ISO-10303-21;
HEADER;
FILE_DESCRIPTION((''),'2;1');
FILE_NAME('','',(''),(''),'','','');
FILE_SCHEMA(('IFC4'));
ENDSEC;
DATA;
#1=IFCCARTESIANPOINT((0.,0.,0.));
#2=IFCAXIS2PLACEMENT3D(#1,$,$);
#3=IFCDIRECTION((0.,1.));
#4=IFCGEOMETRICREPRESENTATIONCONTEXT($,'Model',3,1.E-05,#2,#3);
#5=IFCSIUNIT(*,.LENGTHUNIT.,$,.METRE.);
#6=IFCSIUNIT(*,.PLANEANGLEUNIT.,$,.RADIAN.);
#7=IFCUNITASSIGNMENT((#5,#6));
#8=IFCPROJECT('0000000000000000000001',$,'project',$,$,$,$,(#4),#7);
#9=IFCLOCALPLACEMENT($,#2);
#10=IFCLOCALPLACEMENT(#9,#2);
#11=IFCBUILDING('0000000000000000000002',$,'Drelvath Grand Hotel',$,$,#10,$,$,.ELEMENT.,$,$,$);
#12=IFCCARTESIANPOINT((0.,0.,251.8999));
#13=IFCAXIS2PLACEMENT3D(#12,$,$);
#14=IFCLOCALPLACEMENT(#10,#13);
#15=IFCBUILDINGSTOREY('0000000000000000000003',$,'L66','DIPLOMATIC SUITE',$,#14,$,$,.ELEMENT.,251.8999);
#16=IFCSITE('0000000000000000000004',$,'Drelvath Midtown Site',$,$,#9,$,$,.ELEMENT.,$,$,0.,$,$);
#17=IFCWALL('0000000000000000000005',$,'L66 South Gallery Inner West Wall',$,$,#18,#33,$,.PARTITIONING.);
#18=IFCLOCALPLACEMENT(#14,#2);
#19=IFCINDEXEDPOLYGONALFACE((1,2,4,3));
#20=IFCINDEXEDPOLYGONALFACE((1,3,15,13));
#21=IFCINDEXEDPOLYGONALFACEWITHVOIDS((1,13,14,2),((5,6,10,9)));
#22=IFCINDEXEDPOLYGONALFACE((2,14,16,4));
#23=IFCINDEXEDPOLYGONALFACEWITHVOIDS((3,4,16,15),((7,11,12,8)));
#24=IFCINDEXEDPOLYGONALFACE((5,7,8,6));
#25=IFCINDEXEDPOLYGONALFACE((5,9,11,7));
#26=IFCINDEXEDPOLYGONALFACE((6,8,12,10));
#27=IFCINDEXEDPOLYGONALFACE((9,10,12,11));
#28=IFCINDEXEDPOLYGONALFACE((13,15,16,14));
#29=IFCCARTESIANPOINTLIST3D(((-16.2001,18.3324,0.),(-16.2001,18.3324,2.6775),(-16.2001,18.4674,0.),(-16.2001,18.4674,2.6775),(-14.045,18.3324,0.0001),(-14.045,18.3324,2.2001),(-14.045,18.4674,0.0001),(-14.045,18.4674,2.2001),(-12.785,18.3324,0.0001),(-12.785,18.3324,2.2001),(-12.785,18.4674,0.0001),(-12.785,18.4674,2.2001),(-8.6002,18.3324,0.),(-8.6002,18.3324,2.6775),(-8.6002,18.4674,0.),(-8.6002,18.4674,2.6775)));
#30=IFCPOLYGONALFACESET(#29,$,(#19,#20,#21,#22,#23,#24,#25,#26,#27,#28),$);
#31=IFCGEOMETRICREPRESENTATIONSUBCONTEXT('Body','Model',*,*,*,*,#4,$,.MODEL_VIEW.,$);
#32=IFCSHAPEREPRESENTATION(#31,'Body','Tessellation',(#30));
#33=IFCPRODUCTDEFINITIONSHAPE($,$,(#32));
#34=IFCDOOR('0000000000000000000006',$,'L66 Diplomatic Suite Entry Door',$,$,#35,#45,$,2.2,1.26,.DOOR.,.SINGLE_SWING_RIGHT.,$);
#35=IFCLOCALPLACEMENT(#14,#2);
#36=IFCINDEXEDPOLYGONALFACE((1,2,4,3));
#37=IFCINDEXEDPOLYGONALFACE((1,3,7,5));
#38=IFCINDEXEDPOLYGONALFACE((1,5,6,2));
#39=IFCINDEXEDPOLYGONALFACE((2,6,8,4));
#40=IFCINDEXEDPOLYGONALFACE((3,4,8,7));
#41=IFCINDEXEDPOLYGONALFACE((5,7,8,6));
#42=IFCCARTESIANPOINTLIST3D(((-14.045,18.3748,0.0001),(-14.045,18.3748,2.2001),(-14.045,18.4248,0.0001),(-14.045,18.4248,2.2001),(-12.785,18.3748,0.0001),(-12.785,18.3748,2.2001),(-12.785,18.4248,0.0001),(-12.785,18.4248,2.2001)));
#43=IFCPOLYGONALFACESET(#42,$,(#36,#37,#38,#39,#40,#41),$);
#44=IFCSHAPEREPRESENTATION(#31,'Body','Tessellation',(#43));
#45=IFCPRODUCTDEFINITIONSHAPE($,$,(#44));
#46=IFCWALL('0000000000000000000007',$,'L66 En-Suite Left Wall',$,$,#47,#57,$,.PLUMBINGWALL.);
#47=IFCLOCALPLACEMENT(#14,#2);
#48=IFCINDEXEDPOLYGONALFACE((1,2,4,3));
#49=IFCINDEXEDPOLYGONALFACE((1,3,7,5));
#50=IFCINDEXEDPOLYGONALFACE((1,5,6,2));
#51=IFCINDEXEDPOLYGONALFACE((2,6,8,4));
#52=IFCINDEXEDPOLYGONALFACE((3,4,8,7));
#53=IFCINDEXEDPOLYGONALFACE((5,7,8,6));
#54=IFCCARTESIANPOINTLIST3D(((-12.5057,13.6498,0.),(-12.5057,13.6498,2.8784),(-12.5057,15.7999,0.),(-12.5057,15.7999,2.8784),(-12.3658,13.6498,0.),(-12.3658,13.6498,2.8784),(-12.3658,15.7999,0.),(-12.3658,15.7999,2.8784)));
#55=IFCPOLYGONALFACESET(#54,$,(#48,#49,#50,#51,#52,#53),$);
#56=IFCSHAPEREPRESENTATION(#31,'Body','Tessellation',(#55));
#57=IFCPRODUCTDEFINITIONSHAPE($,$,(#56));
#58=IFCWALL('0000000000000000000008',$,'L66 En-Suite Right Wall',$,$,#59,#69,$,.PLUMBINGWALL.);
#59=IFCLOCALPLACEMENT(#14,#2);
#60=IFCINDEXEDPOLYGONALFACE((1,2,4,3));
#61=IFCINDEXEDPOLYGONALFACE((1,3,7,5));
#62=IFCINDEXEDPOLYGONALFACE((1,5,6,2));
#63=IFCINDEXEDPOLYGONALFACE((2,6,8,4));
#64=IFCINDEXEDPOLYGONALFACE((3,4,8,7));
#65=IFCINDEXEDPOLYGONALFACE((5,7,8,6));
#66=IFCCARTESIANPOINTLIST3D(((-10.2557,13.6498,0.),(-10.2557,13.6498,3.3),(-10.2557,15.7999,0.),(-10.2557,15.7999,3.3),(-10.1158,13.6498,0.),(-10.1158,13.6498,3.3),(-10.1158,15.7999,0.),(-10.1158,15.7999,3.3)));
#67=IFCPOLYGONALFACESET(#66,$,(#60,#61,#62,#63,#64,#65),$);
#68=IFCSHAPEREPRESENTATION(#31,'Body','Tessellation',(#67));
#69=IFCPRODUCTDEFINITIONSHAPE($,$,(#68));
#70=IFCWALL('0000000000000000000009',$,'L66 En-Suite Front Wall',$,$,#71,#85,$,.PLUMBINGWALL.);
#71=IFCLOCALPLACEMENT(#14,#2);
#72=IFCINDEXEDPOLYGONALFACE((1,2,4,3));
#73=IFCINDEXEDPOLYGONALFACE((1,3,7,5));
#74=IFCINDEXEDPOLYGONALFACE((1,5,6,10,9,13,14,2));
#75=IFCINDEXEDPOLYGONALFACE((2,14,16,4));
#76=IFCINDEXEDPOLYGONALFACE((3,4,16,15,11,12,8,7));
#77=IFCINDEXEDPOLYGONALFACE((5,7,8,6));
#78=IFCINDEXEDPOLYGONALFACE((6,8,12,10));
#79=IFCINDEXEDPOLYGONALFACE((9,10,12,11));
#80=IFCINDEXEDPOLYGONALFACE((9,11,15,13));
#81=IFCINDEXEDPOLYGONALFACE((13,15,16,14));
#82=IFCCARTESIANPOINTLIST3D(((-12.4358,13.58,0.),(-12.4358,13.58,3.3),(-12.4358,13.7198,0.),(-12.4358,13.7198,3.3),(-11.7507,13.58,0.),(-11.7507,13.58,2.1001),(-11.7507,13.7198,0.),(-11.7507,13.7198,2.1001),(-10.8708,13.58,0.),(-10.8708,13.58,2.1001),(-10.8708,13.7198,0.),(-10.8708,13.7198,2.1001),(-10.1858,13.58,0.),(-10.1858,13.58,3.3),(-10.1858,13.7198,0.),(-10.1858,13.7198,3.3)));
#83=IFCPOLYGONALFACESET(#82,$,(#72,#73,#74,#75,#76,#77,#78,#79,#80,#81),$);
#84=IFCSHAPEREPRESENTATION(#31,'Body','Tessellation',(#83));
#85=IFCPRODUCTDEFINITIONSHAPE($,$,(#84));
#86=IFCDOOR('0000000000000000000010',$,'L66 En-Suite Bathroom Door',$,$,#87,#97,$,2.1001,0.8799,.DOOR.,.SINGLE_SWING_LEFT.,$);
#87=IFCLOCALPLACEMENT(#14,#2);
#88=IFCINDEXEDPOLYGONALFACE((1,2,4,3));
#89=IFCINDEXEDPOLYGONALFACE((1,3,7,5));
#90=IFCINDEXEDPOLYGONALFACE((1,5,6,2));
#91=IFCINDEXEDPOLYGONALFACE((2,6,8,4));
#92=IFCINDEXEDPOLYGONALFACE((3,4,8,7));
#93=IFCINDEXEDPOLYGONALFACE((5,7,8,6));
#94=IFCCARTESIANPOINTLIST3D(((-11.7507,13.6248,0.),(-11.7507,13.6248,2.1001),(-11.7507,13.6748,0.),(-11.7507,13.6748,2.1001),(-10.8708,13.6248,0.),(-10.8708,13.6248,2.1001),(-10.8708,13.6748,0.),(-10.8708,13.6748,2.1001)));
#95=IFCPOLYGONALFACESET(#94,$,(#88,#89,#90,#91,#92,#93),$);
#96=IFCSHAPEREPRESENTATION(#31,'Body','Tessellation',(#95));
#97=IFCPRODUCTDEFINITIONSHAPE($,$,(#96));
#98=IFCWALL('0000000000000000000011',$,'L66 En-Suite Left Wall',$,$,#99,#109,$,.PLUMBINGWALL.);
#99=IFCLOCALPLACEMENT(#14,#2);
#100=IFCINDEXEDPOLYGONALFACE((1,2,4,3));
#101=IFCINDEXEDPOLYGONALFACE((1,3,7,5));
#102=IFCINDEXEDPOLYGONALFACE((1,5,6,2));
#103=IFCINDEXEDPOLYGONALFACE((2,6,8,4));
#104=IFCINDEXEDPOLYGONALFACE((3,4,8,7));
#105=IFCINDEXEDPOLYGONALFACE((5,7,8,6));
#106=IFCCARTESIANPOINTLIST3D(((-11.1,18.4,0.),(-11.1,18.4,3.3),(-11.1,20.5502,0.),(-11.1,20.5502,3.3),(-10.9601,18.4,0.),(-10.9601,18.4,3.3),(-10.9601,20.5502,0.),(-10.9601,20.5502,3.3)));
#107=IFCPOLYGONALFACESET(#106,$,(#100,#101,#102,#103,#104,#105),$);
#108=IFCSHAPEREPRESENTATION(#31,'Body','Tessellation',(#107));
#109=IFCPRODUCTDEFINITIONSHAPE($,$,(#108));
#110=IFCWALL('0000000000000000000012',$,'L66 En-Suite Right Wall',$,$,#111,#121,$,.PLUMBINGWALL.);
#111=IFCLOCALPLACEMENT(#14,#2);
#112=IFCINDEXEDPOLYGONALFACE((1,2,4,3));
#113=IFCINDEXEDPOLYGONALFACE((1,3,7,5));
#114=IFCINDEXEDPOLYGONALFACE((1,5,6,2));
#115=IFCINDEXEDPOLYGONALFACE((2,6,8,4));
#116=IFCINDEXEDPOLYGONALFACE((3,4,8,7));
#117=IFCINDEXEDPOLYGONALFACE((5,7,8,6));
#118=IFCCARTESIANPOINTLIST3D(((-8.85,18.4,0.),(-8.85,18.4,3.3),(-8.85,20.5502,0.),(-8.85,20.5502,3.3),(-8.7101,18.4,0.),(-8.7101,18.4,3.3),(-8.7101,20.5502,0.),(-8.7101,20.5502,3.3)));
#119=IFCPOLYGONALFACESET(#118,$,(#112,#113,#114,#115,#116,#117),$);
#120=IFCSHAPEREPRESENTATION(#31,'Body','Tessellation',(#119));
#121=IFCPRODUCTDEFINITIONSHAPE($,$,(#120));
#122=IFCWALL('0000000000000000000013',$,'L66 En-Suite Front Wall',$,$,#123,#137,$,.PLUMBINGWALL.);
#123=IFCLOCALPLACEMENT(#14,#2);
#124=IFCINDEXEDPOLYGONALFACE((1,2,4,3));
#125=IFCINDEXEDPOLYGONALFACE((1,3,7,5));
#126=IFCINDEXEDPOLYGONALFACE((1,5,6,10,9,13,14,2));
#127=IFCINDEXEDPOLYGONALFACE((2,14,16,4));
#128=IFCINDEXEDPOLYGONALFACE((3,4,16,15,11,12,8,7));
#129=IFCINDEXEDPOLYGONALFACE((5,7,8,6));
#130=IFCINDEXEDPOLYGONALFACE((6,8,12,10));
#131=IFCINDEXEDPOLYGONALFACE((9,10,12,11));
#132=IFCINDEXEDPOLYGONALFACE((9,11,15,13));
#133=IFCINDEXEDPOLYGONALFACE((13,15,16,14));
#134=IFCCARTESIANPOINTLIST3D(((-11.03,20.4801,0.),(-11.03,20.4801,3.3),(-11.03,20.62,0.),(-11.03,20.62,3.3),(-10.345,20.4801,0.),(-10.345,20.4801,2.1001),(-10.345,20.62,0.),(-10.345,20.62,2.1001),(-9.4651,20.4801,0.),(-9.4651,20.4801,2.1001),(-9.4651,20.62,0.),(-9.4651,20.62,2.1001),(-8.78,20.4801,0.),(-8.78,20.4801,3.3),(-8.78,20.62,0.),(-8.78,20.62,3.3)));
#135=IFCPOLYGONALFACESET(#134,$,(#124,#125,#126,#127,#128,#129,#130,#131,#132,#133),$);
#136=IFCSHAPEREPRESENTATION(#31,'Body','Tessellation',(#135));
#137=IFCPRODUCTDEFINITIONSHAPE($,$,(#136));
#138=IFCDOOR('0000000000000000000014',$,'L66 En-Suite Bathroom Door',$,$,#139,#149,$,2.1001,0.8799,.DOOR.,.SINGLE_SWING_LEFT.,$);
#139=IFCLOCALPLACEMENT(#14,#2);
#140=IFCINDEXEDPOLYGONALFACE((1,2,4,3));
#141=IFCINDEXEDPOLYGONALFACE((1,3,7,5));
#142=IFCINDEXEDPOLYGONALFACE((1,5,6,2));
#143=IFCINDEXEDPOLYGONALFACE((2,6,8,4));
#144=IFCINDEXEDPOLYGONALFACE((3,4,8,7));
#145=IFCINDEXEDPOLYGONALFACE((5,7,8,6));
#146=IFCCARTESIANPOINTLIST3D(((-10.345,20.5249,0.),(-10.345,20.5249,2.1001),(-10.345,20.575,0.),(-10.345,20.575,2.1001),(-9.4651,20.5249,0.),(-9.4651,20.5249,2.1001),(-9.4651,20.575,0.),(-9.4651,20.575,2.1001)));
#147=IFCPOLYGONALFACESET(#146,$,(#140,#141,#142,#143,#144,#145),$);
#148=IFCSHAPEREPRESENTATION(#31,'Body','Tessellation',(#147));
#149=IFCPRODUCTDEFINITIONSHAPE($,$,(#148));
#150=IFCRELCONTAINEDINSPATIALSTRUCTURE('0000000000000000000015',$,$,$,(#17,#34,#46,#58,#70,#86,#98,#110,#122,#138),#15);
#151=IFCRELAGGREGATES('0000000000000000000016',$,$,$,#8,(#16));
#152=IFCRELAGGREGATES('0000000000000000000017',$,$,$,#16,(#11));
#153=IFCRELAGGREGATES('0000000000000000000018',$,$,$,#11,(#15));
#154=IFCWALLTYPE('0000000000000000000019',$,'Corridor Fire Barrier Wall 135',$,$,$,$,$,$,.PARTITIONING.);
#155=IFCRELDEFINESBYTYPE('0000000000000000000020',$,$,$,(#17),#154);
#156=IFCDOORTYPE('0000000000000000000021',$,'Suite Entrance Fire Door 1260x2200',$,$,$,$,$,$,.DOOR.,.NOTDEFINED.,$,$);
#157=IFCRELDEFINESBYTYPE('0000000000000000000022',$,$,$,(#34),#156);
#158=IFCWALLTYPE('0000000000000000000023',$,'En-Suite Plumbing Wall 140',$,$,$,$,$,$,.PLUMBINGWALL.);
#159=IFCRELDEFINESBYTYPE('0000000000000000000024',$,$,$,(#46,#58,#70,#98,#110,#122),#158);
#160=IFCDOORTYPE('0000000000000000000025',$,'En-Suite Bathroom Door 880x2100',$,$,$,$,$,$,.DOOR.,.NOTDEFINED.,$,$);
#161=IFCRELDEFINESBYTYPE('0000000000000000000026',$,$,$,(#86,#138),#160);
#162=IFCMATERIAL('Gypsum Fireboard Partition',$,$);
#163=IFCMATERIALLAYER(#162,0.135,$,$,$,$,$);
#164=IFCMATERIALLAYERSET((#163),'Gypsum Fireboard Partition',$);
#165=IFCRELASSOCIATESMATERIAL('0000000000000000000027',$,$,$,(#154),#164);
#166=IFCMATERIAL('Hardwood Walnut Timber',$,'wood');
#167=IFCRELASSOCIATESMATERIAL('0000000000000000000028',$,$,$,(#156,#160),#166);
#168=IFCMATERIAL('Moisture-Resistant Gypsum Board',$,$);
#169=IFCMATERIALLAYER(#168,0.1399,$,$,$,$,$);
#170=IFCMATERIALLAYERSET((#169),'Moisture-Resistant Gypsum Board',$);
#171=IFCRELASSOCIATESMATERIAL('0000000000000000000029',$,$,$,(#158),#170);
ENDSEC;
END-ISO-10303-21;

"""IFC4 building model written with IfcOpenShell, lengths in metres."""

from ifc_helpers import new_model, si_unit, direction, frame, frame_2d, origin, place, context, subcontext, project, spatial, rectangle, extrude, material, layer, layer_set, type_object, element, fill, save


model = new_model("IFC4")

# Units and contexts
model_context = context("Model", 3, precision=1e-05, world=origin(), true_north=direction((0.0, 1.0)))
body_context = subcontext(model_context, "Body", "Model", "MODEL_VIEW")
ifc_project = project(units=[si_unit("LENGTHUNIT", "METRE"), si_unit("PLANEANGLEUNIT", "RADIAN")], contexts=[model_context])

# Site, building, storey
site_placement = place(None, origin())
site = spatial("IfcSite", under=ifc_project, at=site_placement, Name="Drelvath Midtown Site", CompositionType="ELEMENT", RefElevation=0.0)
building_placement = place(site_placement, origin())
building = spatial("IfcBuilding", under=site, at=building_placement, Name="Drelvath Grand Hotel", CompositionType="ELEMENT")
storey_placement = place(building_placement, frame((0.0, 0.0, 251.8999)))
storey = spatial("IfcBuildingStorey", under=building, at=storey_placement, Name="L66", Description="DIPLOMATIC SUITE", CompositionType="ELEMENT", Elevation=251.8999)

# Shared definitions
ifc_material_1 = material(Name="Gypsum Fireboard Partition")
ifc_layer_1 = layer(ifc_material_1, 0.135)
ifc_layer_set_1 = layer_set([ifc_layer_1], Name="Gypsum Fireboard Partition")
wall_type_1 = type_object("IfcWallType", Name="Corridor Fire Barrier Wall 135", PredefinedType="PARTITIONING", material=ifc_layer_set_1)
ifc_material_2 = material(Name="Hardwood Walnut Timber", Category="wood")
door_type_1 = type_object("IfcDoorType", Name="Suite Entrance Fire Door 1260x2200", OperationType="NOTDEFINED", PredefinedType="DOOR", material=ifc_material_2)

# Wall, opening, door
wall_1_placement = place(storey_placement, frame((-16.2, 18.3999, 0.0), z_axis=(0.0, 0.0, 1.0), x_axis=(1.0, 0.0, 0.0)))
wall_1 = element("IfcWall", 1, at=wall_1_placement, inside=storey, type_object=wall_type_1, Name="L66 South Gallery Inner West Wall", PredefinedType="PARTITIONING", context=body_context, shape_type="SweptSolid", body=[
    extrude(rectangle(XDim=7.5999, YDim=0.135, at=frame_2d((3.7998, 0.0))), origin(), (0.0, 0.0, 1.0), 2.6775),
])
opening_1_placement = place(wall_1_placement, frame((2.155, 0.0, 0.0)))
opening_1 = element("IfcOpeningElement", 2, at=opening_1_placement, cuts=wall_1, PredefinedType="OPENING", context=body_context, shape_type="SweptSolid", body=[
    extrude(rectangle(XDim=1.26, YDim=2.2, at=frame_2d((0.6299, 1.1001))), frame((0.0, 0.0774, 0.0), z_axis=(0.0, -1.0, 0.0), x_axis=(1.0, 0.0, 0.0)), (0.0, 0.0, 1.0), 0.155),
])
door_1_placement = place(opening_1_placement, origin())
door_1 = element("IfcDoor", 3, at=door_1_placement, inside=storey, type_object=door_type_1, Name="L66 Diplomatic Suite Entry Door", OperationType="SINGLE_SWING_RIGHT", OverallHeight=2.2, OverallWidth=1.26, PredefinedType="DOOR", context=body_context, shape_type="SweptSolid", body=[
    extrude(rectangle(XDim=1.26, YDim=2.2, at=frame_2d((0.6299, 1.1001))), frame((0.0, 0.0249, 0.0), z_axis=(0.0, -1.0, 0.0), x_axis=(1.0, 0.0, 0.0)), (0.0, 0.0, 1.0), 0.05),
])
fill(opening_1, door_1)

# Walls
ifc_material_3 = material(Name="Moisture-Resistant Gypsum Board")
ifc_layer_2 = layer(ifc_material_3, 0.1399)
ifc_layer_set_2 = layer_set([ifc_layer_2], Name="Moisture-Resistant Gypsum Board")
wall_type_2 = type_object("IfcWallType", Name="En-Suite Plumbing Wall 140", PredefinedType="PLUMBINGWALL", material=ifc_layer_set_2)
wall_2_placement = place(storey_placement, frame((-12.4358, 15.8, 0.0), z_axis=(0.0, 0.0, 1.0), x_axis=(0.0, -1.0, 0.0)))
element("IfcWall", 4, at=wall_2_placement, inside=storey, type_object=wall_type_2, Name="L66 En-Suite Left Wall", PredefinedType="PLUMBINGWALL", context=body_context, shape_type="SweptSolid", body=[
    extrude(rectangle(XDim=2.1501, YDim=0.1399, at=frame_2d((1.0752, 0.0))), origin(), (0.0, 0.0, 1.0), 2.8784),
])
wall_3_placement = place(storey_placement, frame((-10.1858, 15.8, 0.0), z_axis=(0.0, 0.0, 1.0), x_axis=(0.0, -1.0, 0.0)))
element("IfcWall", 5, at=wall_3_placement, inside=storey, type_object=wall_type_2, Name="L66 En-Suite Right Wall", PredefinedType="PLUMBINGWALL", context=body_context, shape_type="SweptSolid", body=[
    extrude(rectangle(XDim=2.1501, YDim=0.1399, at=frame_2d((1.0752, 0.0))), origin(), (0.0, 0.0, 1.0), 3.3),
])

# Wall, opening, door
wall_4_placement = place(storey_placement, frame((-12.4358, 13.6499, 0.0), z_axis=(0.0, 0.0, 1.0), x_axis=(1.0, 0.0, 0.0)))
wall_4 = element("IfcWall", 6, at=wall_4_placement, inside=storey, type_object=wall_type_2, Name="L66 En-Suite Front Wall", PredefinedType="PLUMBINGWALL", context=body_context, shape_type="SweptSolid", body=[
    extrude(rectangle(XDim=2.25, YDim=0.1399, at=frame_2d((1.125, 0.0))), origin(), (0.0, 0.0, 1.0), 3.3),
])
opening_2_placement = place(wall_4_placement, frame((0.6851, 0.0, 0.0)))
opening_2 = element("IfcOpeningElement", 7, at=opening_2_placement, cuts=wall_4, PredefinedType="OPENING", context=body_context, shape_type="SweptSolid", body=[
    extrude(rectangle(XDim=0.8799, YDim=2.1001, at=frame_2d((0.4399, 1.05))), frame((0.0, 0.0798, 0.0), z_axis=(0.0, -1.0, 0.0), x_axis=(1.0, 0.0, 0.0)), (0.0, 0.0, 1.0), 0.1599),
])
door_type_2 = type_object("IfcDoorType", Name="En-Suite Bathroom Door 880x2100", OperationType="NOTDEFINED", PredefinedType="DOOR", material=ifc_material_2)
door_2_placement = place(opening_2_placement, origin())
door_2 = element("IfcDoor", 8, at=door_2_placement, inside=storey, type_object=door_type_2, Name="L66 En-Suite Bathroom Door", OperationType="SINGLE_SWING_LEFT", OverallHeight=2.1001, OverallWidth=0.8799, PredefinedType="DOOR", context=body_context, shape_type="SweptSolid", body=[
    extrude(rectangle(XDim=0.8799, YDim=2.1001, at=frame_2d((0.4399, 1.05))), frame((0.0, 0.0249, 0.0), z_axis=(0.0, -1.0, 0.0), x_axis=(1.0, 0.0, 0.0)), (0.0, 0.0, 1.0), 0.05),
])
fill(opening_2, door_2)

# Walls
for number, where, z_axis, x_axis, name in (
    (9, (-11.03, 18.3999, 0.0), (0.0, 0.0, 1.0), (0.0, 1.0, 0.0), "L66 En-Suite Left Wall"),
    (10, (-8.78, 18.3999, 0.0), (0.0, 0.0, 1.0), (0.0, 1.0, 0.0), "L66 En-Suite Right Wall"),
):
    element("IfcWall", number, at=place(storey_placement, frame(where, z_axis=z_axis, x_axis=x_axis)), inside=storey, type_object=wall_type_2, Name=name, PredefinedType="PLUMBINGWALL", context=body_context, shape_type="SweptSolid", body=[
        extrude(rectangle(XDim=2.1501, YDim=0.1399, at=frame_2d((1.0752, 0.0))), origin(), (0.0, 0.0, 1.0), 3.3),
    ])

# Wall, opening, door
wall_5_placement = place(storey_placement, frame((-11.03, 20.55, 0.0), z_axis=(0.0, 0.0, 1.0), x_axis=(1.0, 0.0, 0.0)))
wall_5 = element("IfcWall", 11, at=wall_5_placement, inside=storey, type_object=wall_type_2, Name="L66 En-Suite Front Wall", PredefinedType="PLUMBINGWALL", context=body_context, shape_type="SweptSolid", body=[
    extrude(rectangle(XDim=2.25, YDim=0.1399, at=frame_2d((1.125, 0.0))), origin(), (0.0, 0.0, 1.0), 3.3),
])
opening_3_placement = place(wall_5_placement, frame((0.6851, 0.0, 0.0)))
opening_3 = element("IfcOpeningElement", 12, at=opening_3_placement, cuts=wall_5, PredefinedType="OPENING", context=body_context, shape_type="SweptSolid", body=[
    extrude(rectangle(XDim=0.8799, YDim=2.1001, at=frame_2d((0.4399, 1.05))), frame((0.0, 0.0798, 0.0), z_axis=(0.0, -1.0, 0.0), x_axis=(1.0, 0.0, 0.0)), (0.0, 0.0, 1.0), 0.1599),
])
door_3_placement = place(opening_3_placement, origin())
door_3 = element("IfcDoor", 13, at=door_3_placement, inside=storey, type_object=door_type_2, Name="L66 En-Suite Bathroom Door", OperationType="SINGLE_SWING_LEFT", OverallHeight=2.1001, OverallWidth=0.8799, PredefinedType="DOOR", context=body_context, shape_type="SweptSolid", body=[
    extrude(rectangle(XDim=0.8799, YDim=2.1001, at=frame_2d((0.4399, 1.05))), frame((0.0, 0.0249, 0.0), z_axis=(0.0, -1.0, 0.0), x_axis=(1.0, 0.0, 0.0)), (0.0, 0.0, 1.0), 0.05),
])
fill(opening_3, door_3)

save(model, "model.ifc")
